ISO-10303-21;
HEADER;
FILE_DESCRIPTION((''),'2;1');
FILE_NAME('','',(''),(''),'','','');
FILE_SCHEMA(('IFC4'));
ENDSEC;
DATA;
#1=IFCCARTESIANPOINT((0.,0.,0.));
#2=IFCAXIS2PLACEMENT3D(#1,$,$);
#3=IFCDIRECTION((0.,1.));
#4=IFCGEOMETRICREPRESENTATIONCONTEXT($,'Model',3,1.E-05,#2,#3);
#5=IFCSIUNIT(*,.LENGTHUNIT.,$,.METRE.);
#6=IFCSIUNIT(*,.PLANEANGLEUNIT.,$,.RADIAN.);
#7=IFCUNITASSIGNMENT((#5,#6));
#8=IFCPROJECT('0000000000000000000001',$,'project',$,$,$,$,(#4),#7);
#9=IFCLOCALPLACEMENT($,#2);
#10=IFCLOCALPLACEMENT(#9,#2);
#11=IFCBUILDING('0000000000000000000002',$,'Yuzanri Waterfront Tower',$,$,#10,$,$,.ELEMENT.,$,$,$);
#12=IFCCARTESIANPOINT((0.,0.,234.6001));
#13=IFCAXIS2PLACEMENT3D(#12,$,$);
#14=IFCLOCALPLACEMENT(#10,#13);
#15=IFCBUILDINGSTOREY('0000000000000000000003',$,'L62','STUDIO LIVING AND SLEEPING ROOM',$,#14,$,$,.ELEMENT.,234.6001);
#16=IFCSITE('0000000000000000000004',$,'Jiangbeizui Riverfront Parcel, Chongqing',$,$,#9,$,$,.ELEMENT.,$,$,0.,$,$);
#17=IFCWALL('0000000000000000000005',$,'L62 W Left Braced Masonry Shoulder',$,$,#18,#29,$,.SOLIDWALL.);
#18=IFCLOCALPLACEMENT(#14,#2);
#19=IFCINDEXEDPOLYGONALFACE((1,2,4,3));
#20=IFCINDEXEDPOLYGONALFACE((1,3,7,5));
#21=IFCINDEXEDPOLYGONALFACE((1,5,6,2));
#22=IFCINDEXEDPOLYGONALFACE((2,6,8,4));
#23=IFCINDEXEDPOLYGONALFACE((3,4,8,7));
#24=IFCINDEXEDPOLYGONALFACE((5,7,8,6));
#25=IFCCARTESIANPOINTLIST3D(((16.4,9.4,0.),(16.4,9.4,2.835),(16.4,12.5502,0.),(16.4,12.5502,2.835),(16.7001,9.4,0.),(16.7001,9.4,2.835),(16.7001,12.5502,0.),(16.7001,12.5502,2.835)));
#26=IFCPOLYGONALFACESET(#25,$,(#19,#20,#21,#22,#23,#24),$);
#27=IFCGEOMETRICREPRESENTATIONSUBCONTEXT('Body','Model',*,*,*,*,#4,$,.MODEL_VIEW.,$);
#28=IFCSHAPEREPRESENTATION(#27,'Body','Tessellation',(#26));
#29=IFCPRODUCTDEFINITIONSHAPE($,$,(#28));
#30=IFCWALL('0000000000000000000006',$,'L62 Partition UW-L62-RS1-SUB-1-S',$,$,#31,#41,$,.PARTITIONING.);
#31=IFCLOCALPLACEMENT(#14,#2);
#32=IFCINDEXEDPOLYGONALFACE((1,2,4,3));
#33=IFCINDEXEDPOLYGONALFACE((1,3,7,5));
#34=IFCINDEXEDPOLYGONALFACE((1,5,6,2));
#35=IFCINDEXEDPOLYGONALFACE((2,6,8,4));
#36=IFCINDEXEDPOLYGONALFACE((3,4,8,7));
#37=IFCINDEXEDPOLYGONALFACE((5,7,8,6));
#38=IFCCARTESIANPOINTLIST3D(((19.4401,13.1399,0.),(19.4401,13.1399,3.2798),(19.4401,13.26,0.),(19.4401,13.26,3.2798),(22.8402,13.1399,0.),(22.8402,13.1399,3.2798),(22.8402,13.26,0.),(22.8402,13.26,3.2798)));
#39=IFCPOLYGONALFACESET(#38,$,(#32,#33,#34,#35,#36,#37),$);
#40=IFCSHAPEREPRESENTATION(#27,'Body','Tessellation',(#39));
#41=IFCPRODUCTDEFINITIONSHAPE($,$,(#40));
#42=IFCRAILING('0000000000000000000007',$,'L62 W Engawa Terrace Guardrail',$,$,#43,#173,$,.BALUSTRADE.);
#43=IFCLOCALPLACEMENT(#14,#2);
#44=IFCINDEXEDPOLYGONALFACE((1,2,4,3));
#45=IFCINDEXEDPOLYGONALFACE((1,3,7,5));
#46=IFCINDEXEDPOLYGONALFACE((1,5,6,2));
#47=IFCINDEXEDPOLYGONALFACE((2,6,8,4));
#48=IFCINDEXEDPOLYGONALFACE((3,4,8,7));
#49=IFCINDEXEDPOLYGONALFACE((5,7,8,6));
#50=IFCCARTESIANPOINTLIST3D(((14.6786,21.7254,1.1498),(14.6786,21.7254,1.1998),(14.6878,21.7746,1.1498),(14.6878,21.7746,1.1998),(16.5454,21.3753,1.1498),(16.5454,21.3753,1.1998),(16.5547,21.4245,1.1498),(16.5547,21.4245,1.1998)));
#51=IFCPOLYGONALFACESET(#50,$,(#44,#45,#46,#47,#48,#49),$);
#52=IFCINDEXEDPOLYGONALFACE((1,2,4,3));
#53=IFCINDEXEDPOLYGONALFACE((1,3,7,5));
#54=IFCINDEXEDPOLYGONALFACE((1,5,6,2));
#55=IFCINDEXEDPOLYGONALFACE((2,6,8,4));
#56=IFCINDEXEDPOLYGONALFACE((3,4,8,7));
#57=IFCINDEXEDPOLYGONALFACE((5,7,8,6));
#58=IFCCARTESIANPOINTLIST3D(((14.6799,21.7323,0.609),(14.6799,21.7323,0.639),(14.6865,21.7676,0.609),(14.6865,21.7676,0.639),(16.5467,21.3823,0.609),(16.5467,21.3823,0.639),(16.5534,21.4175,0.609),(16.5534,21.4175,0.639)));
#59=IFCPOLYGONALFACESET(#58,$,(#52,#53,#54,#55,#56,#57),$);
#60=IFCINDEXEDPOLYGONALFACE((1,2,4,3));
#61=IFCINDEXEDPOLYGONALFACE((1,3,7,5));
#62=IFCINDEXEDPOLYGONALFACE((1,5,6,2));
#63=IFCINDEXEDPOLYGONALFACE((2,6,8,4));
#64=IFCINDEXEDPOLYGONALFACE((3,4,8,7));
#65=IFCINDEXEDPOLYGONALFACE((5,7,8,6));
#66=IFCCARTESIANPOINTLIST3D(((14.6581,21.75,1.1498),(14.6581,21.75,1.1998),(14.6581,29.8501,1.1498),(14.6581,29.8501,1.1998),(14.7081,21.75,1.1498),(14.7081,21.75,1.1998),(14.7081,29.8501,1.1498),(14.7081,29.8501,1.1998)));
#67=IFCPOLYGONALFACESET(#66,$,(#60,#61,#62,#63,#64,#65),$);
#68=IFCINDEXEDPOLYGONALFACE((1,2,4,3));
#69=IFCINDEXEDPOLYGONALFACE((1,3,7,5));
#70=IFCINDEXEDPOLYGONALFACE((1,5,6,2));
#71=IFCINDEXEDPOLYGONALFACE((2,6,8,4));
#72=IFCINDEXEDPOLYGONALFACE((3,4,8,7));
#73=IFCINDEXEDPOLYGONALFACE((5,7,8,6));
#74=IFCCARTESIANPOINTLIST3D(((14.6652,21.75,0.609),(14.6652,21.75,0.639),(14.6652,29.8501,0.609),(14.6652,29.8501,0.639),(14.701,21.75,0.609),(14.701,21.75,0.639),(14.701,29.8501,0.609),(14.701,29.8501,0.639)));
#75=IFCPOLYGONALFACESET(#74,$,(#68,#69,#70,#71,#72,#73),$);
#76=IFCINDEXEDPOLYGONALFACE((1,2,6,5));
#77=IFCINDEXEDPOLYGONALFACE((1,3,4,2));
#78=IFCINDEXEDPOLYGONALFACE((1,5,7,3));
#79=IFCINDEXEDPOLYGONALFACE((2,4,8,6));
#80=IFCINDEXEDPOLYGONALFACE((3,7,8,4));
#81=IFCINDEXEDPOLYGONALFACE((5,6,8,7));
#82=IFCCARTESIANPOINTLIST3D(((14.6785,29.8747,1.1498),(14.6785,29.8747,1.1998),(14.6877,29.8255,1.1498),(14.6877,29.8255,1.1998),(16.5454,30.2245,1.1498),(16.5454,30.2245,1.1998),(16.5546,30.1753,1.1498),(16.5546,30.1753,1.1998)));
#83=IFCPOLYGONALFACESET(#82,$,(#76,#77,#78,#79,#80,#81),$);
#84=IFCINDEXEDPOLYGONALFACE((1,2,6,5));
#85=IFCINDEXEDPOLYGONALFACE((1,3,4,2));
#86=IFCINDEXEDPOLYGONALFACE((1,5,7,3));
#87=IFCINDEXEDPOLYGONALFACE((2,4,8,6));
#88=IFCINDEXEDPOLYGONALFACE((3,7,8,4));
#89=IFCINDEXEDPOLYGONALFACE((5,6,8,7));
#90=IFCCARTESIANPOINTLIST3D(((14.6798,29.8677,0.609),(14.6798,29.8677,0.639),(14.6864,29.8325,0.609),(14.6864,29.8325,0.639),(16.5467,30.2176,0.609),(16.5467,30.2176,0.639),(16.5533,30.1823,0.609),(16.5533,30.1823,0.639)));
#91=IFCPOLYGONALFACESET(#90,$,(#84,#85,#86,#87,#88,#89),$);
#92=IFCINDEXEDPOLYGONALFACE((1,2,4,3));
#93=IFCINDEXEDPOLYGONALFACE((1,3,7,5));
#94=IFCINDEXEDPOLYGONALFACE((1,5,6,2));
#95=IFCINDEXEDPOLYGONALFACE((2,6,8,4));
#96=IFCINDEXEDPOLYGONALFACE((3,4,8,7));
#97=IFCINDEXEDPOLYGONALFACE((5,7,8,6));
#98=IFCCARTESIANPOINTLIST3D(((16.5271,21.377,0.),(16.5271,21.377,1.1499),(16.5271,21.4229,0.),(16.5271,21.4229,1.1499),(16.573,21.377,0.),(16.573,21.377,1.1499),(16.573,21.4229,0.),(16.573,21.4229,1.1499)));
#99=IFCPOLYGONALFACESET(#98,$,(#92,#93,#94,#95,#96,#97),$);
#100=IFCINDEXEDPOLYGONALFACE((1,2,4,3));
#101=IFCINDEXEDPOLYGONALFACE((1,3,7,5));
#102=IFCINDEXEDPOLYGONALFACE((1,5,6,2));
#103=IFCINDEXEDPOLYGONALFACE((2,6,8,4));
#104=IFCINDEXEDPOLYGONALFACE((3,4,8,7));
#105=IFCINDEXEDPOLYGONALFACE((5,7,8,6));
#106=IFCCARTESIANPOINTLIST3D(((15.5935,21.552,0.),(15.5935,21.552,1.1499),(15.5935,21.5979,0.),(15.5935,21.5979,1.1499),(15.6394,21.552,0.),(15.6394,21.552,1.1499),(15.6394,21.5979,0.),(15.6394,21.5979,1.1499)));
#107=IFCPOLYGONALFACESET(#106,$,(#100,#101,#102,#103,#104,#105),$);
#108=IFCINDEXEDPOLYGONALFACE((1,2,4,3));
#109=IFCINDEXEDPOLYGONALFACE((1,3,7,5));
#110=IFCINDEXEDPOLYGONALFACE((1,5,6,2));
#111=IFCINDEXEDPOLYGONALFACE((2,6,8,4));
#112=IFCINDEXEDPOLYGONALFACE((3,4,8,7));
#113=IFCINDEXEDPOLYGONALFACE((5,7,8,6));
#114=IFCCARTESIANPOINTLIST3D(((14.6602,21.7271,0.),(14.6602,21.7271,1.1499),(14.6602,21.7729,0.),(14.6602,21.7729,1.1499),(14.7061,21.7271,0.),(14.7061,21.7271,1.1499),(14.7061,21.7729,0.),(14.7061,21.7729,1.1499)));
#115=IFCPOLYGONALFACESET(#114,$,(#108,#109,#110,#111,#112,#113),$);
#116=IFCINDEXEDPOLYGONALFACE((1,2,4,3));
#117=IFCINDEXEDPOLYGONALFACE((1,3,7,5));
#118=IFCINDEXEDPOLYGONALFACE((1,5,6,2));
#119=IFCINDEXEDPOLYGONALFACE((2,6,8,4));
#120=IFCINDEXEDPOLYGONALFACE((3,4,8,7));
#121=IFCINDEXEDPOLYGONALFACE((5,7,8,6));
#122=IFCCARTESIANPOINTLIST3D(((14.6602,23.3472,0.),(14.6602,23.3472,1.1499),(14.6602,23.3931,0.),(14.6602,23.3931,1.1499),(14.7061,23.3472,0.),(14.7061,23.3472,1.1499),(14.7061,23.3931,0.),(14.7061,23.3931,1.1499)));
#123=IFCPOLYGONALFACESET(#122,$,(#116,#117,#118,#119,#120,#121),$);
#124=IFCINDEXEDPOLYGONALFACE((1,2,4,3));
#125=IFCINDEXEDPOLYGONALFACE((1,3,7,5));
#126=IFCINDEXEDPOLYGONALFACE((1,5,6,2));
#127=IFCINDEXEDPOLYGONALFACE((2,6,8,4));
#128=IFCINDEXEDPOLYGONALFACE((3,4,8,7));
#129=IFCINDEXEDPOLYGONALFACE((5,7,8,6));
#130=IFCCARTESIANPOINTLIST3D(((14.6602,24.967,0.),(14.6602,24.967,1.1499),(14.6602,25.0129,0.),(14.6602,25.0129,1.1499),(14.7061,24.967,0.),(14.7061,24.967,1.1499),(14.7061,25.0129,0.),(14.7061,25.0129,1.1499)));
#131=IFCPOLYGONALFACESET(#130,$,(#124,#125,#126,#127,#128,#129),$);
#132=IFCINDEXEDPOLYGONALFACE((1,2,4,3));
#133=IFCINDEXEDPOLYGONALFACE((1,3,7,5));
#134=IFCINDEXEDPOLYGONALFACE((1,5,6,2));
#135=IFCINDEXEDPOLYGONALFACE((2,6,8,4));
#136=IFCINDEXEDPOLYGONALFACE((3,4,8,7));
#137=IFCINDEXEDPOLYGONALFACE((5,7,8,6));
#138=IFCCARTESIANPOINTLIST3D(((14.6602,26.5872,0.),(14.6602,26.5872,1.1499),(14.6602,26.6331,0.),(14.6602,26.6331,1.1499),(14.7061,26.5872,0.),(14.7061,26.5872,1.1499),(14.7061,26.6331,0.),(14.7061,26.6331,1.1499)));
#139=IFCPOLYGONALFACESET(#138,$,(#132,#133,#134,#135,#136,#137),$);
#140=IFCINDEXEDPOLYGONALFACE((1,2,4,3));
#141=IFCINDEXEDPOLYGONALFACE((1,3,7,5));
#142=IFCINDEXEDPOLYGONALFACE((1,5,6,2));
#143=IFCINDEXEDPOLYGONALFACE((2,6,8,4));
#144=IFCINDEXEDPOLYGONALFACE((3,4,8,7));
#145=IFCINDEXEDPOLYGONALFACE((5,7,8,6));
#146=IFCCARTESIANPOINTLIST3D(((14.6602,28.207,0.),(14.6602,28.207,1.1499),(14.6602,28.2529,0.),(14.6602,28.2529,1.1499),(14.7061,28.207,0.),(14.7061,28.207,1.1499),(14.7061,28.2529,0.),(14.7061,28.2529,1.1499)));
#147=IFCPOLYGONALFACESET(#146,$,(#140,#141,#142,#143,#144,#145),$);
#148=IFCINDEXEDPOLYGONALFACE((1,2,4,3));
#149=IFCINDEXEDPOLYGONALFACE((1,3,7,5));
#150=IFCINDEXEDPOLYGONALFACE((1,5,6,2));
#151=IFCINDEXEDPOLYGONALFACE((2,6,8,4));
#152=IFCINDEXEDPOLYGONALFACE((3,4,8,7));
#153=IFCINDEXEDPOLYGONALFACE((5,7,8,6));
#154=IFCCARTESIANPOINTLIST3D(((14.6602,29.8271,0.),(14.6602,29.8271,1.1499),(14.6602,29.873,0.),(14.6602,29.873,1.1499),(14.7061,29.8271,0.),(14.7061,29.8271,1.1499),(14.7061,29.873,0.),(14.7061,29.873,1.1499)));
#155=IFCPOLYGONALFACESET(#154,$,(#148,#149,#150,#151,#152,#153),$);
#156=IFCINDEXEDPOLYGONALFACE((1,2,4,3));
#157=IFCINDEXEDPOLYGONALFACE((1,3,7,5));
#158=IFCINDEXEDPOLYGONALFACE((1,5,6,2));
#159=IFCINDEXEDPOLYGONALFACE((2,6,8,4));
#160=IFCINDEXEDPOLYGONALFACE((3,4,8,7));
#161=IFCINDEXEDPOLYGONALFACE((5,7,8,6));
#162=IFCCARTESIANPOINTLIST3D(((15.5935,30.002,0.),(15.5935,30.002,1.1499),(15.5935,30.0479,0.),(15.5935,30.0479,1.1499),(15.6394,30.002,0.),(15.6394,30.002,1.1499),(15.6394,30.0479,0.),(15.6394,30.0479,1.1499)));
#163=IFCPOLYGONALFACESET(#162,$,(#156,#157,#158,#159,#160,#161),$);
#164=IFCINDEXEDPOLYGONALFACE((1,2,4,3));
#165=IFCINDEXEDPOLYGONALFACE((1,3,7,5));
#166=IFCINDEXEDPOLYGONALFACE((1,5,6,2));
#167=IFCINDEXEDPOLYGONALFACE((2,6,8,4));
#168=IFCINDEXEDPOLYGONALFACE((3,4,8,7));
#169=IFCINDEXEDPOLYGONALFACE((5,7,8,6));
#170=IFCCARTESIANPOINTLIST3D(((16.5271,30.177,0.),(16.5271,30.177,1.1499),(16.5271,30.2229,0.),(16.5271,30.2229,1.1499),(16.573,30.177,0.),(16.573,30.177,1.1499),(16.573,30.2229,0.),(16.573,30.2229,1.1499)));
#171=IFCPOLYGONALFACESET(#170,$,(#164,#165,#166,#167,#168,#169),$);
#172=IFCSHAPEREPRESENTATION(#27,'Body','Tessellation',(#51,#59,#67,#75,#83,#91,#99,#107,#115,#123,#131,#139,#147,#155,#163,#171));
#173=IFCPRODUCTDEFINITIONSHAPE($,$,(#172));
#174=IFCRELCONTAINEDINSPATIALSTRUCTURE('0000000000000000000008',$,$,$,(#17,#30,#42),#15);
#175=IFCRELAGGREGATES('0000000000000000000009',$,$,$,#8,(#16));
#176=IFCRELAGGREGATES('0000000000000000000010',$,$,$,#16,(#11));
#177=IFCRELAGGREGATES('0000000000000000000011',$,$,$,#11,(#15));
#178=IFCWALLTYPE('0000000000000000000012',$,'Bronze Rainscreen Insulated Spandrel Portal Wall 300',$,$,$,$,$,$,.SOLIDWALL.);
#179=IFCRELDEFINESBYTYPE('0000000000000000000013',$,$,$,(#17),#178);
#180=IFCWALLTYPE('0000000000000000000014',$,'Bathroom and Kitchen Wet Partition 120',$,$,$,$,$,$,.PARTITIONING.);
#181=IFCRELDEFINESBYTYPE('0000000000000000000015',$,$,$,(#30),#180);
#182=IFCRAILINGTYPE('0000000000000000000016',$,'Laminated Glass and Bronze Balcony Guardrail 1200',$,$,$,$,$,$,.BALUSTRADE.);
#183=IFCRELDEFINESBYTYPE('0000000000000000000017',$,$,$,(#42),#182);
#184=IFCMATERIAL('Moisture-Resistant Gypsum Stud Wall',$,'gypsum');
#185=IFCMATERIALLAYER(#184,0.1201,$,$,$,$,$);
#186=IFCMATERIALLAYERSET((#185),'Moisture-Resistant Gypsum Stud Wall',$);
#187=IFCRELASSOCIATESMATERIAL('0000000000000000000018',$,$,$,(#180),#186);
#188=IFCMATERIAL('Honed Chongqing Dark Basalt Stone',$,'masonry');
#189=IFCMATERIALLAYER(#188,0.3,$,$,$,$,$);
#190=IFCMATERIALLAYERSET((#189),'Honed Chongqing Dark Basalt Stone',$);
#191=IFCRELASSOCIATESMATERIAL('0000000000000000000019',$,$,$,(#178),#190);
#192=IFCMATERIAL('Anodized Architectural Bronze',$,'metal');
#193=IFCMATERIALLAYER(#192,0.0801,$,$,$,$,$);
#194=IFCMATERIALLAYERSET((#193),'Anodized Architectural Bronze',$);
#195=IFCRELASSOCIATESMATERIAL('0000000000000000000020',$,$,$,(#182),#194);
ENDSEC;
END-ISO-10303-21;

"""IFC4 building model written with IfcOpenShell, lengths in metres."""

from ifc_helpers import new_model, si_unit, direction, frame, frame_2d, origin, origin_2d, place, context, subcontext, project, spatial, rectangle, extrude, source, transform, mapped, material, layer, layer_set, type_object, element, save


model = new_model("IFC4")

# Units and contexts
model_context = context("Model", 3, precision=1e-05, world=origin(), true_north=direction((0.0, 1.0)))
body_context = subcontext(model_context, "Body", "Model", "MODEL_VIEW")
ifc_project = project(units=[si_unit("LENGTHUNIT", "METRE"), si_unit("PLANEANGLEUNIT", "RADIAN")], contexts=[model_context])

# Site, building, storey
site_placement = place(None, origin())
site = spatial("IfcSite", under=ifc_project, at=site_placement, Name="Jiangbeizui Riverfront Parcel, Chongqing", CompositionType="ELEMENT", RefElevation=0.0)
building_placement = place(site_placement, origin())
building = spatial("IfcBuilding", under=site, at=building_placement, Name="Yuzanri Waterfront Tower", CompositionType="ELEMENT")
storey_placement = place(building_placement, frame((0.0, 0.0, 234.6001)))
storey = spatial("IfcBuildingStorey", under=building, at=storey_placement, Name="L62", Description="STUDIO LIVING AND SLEEPING ROOM", CompositionType="ELEMENT", Elevation=234.6001)

# Shared definitions
ifc_material_1 = material(Name="Moisture-Resistant Gypsum Stud Wall", Category="gypsum")
ifc_layer_1 = layer(ifc_material_1, 0.1201)
ifc_layer_set_1 = layer_set([ifc_layer_1], Name="Moisture-Resistant Gypsum Stud Wall")
wall_type_1 = type_object("IfcWallType", Name="Bathroom and Kitchen Wet Partition 120", PredefinedType="PARTITIONING", material=ifc_layer_set_1)
ifc_material_2 = material(Name="Honed Chongqing Dark Basalt Stone", Category="masonry")
ifc_layer_2 = layer(ifc_material_2, 0.3)
ifc_layer_set_2 = layer_set([ifc_layer_2], Name="Honed Chongqing Dark Basalt Stone")
wall_type_2 = type_object("IfcWallType", Name="Bronze Rainscreen Insulated Spandrel Portal Wall 300", PredefinedType="SOLIDWALL", material=ifc_layer_set_2)

# Walls
shared_shape_1 = source(origin(), body_context, "Body", "SweptSolid", [
    extrude(rectangle(XDim=3.1501, YDim=0.3, at=frame_2d((1.5752, 0.0))), origin(), (0.0, 0.0, 1.0), 2.835),
])
wall_1_placement = place(storey_placement, frame((16.55, 9.3999, 0.0), z_axis=(0.0, 0.0, 1.0), x_axis=(0.0, 1.0, 0.0)))
element("IfcWall", 1, at=wall_1_placement, inside=storey, type_object=wall_type_2, Name="L62 W Left Braced Masonry Shoulder", PredefinedType="SOLIDWALL", context=body_context, shape_type="MappedRepresentation", body=[
    mapped(shared_shape_1, transform((0.0, 0.0, 0.0), scale=1.0)),
])
shared_shape_2 = source(origin(), body_context, "Body", "SweptSolid", [
    extrude(rectangle(XDim=3.4001, YDim=0.1201, at=frame_2d((1.7002, 0.0))), origin(), (0.0, 0.0, 1.0), 3.2798),
])
wall_2_placement = place(storey_placement, frame((19.4399, 13.2, 0.0), z_axis=(0.0, 0.0, 1.0), x_axis=(1.0, 0.0, 0.0)))
element("IfcWall", 2, at=wall_2_placement, inside=storey, type_object=wall_type_1, Name="L62 Partition UW-L62-RS1-SUB-1-S", PredefinedType="PARTITIONING", context=body_context, shape_type="MappedRepresentation", body=[
    mapped(shared_shape_2, transform((0.0, 0.0, 0.0), scale=1.0)),
])

# Railing
ifc_material_3 = material(Name="Anodized Architectural Bronze", Category="metal")
ifc_layer_3 = layer(ifc_material_3, 0.0801)
ifc_layer_set_3 = layer_set([ifc_layer_3], Name="Anodized Architectural Bronze")
railing_type = type_object("IfcRailingType", Name="Laminated Glass and Bronze Balcony Guardrail 1200", PredefinedType="BALUSTRADE", material=ifc_layer_set_3)
shared_shape_3 = source(origin(), body_context, "Body", "SweptSolid", [
    extrude(rectangle(XDim=0.05, YDim=0.05, at=origin_2d()), frame((0.0, 0.0, 1.1748), z_axis=(-0.982868, 0.184312, 0.0), x_axis=(-0.184312, -0.982868, 0.0)), (0.0, 0.0, 1.0), 1.8994),
    extrude(rectangle(XDim=0.0359, YDim=0.03, at=origin_2d()), frame((0.0, 0.0, 0.624), z_axis=(-0.982868, 0.184312, 0.0), x_axis=(-0.184312, -0.982868, 0.0)), (0.0, 0.0, 1.0), 1.8994),
    extrude(rectangle(XDim=0.05, YDim=0.05, at=origin_2d()), frame((-1.8669, 0.3501, 1.1748), z_axis=(0.0, 1.0, 0.0), x_axis=(-1.0, 0.0, 0.0)), (0.0, 0.0, 1.0), 8.1001),
    extrude(rectangle(XDim=0.0359, YDim=0.03, at=origin_2d()), frame((-1.8669, 0.3501, 0.624), z_axis=(0.0, 1.0, 0.0), x_axis=(-1.0, 0.0, 0.0)), (0.0, 0.0, 1.0), 8.1001),
    extrude(rectangle(XDim=0.05, YDim=0.05, at=origin_2d()), frame((-1.8669, 8.4502, 1.1748), z_axis=(0.982891, 0.184188, 0.0), x_axis=(-0.184188, 0.982891, 0.0)), (0.0, 0.0, 1.0), 1.8994),
    extrude(rectangle(XDim=0.0359, YDim=0.03, at=origin_2d()), frame((-1.8669, 8.4502, 0.624), z_axis=(0.982891, 0.184188, 0.0), x_axis=(-0.184188, 0.982891, 0.0)), (0.0, 0.0, 1.0), 1.8994),
    extrude(rectangle(XDim=0.0459, YDim=0.0459, at=origin_2d()), origin(), (0.0, 0.0, 1.0), 1.1499),
    extrude(rectangle(XDim=0.0459, YDim=0.0459, at=origin_2d()), frame((-0.9336, 0.175, 0.0)), (0.0, 0.0, 1.0), 1.1499),
    extrude(rectangle(XDim=0.0459, YDim=0.0459, at=origin_2d()), frame((-1.8669, 0.3501, 0.0)), (0.0, 0.0, 1.0), 1.1499),
    extrude(rectangle(XDim=0.0459, YDim=0.0459, at=origin_2d()), frame((-1.8669, 1.9702, 0.0)), (0.0, 0.0, 1.0), 1.1499),
    extrude(rectangle(XDim=0.0459, YDim=0.0459, at=origin_2d()), frame((-1.8669, 3.5901, 0.0)), (0.0, 0.0, 1.0), 1.1499),
    extrude(rectangle(XDim=0.0459, YDim=0.0459, at=origin_2d()), frame((-1.8669, 5.2102, 0.0)), (0.0, 0.0, 1.0), 1.1499),
    extrude(rectangle(XDim=0.0459, YDim=0.0459, at=origin_2d()), frame((-1.8669, 6.8301, 0.0)), (0.0, 0.0, 1.0), 1.1499),
    extrude(rectangle(XDim=0.0459, YDim=0.0459, at=origin_2d()), frame((-1.8669, 8.4502, 0.0)), (0.0, 0.0, 1.0), 1.1499),
    extrude(rectangle(XDim=0.0459, YDim=0.0459, at=origin_2d()), frame((-0.9336, 8.625, 0.0)), (0.0, 0.0, 1.0), 1.1499),
    extrude(rectangle(XDim=0.0459, YDim=0.0459, at=origin_2d()), frame((0.0, 8.8, 0.0)), (0.0, 0.0, 1.0), 1.1499),
])
railing_placement = place(storey_placement, frame((16.55, 21.3999, 0.0)))
element("IfcRailing", 3, at=railing_placement, inside=storey, type_object=railing_type, Name="L62 W Engawa Terrace Guardrail", PredefinedType="BALUSTRADE", context=body_context, shape_type="MappedRepresentation", body=[
    mapped(shared_shape_3, transform((0.0, 0.0, 0.0), scale=1.0)),
])

save(model, "model.ifc")
